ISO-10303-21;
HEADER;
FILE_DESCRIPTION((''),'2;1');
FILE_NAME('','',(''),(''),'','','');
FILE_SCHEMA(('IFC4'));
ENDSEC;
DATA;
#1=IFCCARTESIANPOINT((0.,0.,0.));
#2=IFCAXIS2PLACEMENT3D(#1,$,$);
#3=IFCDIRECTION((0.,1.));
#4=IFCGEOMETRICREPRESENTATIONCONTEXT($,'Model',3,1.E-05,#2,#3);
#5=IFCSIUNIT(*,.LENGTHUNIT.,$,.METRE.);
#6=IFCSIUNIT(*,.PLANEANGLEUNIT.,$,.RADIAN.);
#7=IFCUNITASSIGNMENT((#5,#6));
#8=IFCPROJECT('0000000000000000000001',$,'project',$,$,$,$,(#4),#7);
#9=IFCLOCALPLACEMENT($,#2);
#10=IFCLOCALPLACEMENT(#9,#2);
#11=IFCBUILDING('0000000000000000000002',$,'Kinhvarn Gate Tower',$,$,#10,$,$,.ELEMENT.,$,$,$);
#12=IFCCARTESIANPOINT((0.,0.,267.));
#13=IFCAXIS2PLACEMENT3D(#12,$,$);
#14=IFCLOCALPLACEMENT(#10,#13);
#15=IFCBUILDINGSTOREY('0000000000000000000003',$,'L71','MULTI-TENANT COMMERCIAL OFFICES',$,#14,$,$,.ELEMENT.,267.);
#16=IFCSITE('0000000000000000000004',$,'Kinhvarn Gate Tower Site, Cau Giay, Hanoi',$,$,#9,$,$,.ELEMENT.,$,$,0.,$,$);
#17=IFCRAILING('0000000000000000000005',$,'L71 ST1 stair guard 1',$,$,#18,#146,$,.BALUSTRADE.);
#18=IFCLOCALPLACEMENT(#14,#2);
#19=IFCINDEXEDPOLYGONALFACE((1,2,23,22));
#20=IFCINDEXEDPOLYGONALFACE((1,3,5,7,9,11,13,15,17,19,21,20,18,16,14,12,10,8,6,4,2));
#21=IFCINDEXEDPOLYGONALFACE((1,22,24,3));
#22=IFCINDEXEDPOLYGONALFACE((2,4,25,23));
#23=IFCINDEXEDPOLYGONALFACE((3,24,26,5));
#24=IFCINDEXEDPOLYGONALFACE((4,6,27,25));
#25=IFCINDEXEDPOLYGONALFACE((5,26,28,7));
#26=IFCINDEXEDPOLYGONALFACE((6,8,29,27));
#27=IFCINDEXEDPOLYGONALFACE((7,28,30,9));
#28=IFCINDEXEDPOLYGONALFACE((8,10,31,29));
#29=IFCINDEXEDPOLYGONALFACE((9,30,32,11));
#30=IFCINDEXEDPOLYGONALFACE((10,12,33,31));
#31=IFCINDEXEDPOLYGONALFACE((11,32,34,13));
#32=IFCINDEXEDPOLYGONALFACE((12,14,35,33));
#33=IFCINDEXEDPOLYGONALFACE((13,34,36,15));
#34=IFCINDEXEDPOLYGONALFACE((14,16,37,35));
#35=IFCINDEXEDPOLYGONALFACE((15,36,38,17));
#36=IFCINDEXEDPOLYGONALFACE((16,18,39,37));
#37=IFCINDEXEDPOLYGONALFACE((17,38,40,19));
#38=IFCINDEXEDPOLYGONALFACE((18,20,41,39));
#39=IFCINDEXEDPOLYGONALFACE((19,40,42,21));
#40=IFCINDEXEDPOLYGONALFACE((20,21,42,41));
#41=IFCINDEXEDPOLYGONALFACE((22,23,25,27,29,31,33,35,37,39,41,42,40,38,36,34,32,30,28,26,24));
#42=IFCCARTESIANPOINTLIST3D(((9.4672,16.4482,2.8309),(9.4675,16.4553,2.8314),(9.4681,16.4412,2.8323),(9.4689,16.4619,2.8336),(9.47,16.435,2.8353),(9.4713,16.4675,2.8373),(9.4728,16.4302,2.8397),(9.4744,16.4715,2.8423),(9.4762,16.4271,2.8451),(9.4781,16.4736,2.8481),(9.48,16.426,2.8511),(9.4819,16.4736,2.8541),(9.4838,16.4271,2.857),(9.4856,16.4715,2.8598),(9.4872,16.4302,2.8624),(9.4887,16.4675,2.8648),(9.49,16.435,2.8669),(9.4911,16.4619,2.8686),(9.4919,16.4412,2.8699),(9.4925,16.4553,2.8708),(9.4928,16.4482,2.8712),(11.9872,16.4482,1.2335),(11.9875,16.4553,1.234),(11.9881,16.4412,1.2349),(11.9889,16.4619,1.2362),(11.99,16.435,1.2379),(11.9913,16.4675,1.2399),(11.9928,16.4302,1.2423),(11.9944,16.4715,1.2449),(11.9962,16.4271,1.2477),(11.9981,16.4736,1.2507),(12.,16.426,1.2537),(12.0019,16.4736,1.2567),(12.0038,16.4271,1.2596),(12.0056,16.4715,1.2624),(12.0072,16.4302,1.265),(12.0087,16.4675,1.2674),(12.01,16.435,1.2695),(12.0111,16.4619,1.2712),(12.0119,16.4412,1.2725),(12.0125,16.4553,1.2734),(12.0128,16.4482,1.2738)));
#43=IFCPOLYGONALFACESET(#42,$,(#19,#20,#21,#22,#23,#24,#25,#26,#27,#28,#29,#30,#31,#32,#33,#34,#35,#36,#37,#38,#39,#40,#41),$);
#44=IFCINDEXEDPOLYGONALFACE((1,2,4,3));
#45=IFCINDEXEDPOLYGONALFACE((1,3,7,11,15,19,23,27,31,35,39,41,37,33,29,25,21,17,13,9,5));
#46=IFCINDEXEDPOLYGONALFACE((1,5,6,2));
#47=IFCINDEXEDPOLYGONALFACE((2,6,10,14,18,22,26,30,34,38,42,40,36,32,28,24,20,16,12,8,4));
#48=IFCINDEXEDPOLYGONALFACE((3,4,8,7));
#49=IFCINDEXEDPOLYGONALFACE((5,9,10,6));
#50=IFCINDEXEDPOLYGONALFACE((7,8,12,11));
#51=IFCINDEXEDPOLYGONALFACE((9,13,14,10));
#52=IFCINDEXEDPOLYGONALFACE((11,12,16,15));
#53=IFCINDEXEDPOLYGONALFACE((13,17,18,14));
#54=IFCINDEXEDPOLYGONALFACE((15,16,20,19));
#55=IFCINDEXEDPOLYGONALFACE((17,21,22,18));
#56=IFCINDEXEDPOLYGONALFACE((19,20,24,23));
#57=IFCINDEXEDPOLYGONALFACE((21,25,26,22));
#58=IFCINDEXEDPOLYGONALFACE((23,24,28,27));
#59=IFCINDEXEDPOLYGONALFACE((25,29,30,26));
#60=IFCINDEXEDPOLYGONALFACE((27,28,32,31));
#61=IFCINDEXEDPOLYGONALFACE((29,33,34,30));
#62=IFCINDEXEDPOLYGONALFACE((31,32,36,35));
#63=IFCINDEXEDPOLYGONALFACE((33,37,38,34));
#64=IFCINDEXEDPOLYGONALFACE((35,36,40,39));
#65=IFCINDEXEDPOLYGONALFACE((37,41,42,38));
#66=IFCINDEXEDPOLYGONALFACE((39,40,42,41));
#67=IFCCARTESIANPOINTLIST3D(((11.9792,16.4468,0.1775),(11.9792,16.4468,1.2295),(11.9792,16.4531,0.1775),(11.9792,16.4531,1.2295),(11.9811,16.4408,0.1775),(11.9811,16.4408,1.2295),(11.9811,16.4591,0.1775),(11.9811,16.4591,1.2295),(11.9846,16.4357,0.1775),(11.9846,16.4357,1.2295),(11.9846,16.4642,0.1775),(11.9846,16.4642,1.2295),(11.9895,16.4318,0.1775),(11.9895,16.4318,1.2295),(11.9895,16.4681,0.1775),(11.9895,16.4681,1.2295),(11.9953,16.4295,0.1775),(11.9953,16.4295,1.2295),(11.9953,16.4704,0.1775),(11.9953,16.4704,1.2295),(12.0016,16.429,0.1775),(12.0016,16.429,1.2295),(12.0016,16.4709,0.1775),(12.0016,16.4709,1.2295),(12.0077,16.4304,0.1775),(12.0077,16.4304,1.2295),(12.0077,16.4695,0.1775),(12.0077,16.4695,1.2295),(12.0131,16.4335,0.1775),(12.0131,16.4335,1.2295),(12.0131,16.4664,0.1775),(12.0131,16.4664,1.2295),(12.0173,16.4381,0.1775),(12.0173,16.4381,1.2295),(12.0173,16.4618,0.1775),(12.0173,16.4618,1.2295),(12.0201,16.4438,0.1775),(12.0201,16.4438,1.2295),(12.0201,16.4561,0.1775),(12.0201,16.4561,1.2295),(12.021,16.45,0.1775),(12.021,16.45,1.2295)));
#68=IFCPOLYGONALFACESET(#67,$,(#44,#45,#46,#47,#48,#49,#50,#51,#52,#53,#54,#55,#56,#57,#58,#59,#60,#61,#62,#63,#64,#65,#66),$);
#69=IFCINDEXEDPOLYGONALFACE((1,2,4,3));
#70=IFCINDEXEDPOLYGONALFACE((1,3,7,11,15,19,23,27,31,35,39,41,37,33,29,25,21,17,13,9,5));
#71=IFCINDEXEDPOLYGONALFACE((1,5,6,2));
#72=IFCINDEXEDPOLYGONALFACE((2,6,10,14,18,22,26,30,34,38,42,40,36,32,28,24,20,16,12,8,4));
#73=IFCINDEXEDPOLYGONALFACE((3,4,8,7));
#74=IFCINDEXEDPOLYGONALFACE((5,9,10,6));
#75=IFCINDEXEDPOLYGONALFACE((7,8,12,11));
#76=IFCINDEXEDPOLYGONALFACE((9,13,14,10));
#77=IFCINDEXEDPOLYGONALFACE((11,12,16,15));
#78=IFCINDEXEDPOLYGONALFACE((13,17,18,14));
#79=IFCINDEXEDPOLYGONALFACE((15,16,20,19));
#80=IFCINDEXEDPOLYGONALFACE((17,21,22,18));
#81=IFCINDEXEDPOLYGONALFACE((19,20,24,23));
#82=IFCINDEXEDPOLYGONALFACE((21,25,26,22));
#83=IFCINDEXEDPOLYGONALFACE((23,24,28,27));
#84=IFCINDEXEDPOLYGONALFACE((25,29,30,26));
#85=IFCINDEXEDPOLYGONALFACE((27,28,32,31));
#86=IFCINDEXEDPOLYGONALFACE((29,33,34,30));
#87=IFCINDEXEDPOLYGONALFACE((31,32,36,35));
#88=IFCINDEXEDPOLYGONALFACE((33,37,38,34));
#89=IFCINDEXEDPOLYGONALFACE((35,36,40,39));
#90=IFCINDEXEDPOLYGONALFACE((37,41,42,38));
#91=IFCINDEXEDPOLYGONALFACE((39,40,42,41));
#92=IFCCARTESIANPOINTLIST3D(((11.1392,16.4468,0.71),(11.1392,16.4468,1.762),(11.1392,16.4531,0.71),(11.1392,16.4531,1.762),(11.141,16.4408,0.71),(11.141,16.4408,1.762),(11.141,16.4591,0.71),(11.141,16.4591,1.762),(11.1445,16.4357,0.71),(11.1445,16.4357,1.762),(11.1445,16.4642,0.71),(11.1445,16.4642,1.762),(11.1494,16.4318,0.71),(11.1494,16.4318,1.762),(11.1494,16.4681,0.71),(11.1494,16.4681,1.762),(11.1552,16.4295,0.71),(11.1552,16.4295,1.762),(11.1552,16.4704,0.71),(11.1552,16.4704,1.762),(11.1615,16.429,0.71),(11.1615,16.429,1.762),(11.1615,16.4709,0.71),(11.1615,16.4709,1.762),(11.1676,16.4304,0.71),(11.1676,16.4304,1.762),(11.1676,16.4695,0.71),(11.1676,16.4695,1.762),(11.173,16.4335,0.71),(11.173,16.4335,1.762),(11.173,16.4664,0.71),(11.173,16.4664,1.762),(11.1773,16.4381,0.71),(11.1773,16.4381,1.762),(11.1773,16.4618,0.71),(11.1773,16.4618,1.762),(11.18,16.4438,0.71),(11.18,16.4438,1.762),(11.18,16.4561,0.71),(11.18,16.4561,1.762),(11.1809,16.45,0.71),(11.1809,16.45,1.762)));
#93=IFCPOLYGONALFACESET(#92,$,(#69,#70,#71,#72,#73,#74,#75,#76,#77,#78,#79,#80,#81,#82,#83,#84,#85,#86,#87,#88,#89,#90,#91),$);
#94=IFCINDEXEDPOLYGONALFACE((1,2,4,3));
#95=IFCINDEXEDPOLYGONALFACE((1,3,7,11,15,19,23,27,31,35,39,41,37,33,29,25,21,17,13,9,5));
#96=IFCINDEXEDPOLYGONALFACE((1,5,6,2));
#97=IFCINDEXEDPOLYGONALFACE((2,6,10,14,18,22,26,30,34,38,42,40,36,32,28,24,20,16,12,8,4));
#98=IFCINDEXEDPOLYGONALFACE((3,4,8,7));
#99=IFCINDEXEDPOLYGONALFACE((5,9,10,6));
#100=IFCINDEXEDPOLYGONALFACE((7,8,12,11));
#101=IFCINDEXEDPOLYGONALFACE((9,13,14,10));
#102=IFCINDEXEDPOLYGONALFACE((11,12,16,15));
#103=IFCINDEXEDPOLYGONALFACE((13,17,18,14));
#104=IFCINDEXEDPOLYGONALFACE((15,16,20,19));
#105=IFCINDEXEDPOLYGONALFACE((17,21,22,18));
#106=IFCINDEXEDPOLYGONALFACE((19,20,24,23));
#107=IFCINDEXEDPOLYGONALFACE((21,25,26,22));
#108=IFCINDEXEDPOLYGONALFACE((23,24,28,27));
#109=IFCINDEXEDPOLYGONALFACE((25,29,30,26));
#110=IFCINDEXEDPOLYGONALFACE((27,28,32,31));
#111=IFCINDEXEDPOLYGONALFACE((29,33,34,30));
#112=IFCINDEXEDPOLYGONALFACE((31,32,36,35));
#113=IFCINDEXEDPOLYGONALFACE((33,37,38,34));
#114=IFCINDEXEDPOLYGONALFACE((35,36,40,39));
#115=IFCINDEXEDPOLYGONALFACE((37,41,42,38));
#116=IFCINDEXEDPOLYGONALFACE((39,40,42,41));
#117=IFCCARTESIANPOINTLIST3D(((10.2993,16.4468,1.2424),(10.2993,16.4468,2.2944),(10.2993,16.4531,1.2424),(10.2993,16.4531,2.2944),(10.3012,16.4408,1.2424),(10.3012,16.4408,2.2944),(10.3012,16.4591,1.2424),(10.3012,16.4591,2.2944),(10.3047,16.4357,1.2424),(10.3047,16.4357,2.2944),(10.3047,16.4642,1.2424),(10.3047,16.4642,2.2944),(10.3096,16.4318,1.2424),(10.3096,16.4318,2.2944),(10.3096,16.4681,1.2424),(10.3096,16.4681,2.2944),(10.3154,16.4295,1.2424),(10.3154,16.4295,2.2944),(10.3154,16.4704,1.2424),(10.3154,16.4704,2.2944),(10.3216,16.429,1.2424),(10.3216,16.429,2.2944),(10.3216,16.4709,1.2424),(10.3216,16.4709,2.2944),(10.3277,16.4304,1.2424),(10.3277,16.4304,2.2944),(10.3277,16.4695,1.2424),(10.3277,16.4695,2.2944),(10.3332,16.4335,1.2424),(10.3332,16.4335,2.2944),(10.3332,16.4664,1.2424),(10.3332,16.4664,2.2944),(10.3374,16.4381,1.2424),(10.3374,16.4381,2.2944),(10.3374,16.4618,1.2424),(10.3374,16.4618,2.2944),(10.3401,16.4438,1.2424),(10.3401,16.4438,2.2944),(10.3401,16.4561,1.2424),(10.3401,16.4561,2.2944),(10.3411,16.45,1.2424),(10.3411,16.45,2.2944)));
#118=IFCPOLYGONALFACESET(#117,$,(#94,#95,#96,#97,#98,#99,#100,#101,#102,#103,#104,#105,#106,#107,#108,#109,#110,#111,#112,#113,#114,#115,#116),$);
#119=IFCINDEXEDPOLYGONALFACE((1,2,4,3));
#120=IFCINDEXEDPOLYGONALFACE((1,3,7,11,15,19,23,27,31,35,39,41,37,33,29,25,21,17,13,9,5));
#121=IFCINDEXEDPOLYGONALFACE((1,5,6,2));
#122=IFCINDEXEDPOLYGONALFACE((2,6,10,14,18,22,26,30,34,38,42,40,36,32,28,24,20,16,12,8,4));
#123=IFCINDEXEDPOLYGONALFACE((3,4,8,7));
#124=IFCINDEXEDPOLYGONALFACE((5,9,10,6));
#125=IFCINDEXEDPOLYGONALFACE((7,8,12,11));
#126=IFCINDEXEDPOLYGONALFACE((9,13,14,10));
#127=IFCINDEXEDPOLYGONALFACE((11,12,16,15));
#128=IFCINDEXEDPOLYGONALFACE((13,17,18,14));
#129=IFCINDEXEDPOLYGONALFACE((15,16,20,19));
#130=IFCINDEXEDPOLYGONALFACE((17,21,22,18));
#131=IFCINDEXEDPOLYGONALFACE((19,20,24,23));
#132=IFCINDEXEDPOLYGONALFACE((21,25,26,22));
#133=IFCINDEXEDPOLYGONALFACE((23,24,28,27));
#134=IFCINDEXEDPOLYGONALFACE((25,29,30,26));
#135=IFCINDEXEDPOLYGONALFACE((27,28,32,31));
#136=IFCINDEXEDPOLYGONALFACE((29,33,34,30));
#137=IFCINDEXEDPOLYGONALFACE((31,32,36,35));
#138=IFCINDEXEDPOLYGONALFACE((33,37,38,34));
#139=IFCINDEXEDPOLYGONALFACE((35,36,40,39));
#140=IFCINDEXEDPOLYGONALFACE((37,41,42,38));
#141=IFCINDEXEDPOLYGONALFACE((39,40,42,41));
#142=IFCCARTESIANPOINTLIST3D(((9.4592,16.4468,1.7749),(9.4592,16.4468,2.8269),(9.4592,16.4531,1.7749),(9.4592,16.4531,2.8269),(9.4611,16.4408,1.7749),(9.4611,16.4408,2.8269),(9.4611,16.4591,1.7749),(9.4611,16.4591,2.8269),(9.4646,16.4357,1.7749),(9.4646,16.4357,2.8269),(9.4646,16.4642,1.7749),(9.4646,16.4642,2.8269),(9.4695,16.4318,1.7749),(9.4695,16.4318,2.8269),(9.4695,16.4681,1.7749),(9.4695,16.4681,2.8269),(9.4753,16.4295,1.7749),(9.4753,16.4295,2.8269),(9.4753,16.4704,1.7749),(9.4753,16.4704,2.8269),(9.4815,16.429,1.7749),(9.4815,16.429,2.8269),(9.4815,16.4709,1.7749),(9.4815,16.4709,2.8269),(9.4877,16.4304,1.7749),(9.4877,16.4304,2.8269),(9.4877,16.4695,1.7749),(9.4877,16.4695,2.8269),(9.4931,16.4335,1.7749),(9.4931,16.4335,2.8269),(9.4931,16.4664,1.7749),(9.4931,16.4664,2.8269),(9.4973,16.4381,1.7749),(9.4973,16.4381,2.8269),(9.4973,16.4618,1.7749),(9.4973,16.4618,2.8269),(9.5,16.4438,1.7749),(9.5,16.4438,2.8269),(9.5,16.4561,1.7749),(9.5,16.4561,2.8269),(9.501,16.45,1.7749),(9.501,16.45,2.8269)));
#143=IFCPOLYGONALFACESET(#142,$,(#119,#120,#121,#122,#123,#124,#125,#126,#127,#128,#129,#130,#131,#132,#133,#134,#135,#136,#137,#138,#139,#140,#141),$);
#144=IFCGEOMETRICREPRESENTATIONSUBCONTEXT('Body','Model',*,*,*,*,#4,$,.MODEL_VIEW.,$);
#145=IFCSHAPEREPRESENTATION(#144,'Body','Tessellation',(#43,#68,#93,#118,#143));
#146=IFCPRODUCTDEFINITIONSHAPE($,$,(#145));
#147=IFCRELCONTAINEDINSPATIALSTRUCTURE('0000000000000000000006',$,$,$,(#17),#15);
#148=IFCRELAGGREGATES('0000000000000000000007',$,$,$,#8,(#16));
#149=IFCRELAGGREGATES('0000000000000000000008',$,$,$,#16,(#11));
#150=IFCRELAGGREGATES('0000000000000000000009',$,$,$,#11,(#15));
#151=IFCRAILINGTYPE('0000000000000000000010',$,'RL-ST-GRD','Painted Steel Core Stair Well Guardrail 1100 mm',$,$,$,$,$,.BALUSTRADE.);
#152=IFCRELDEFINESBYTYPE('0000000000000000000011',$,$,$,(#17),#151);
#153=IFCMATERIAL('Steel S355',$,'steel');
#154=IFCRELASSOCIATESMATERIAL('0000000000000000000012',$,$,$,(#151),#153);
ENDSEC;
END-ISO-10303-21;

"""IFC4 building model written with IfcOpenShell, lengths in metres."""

from ifc_helpers import new_model, si_unit, direction, frame, origin, origin_2d, place, context, subcontext, project, spatial, circle, extrude, material, type_object, element, save


model = new_model("IFC4")

# Units and contexts
model_context = context("Model", 3, precision=1e-05, world=origin(), true_north=direction((0.0, 1.0)))
body_context = subcontext(model_context, "Body", "Model", "MODEL_VIEW")
ifc_project = project(units=[si_unit("LENGTHUNIT", "METRE"), si_unit("PLANEANGLEUNIT", "RADIAN")], contexts=[model_context])

# Site, building, storey
site_placement = place(None, origin())
site = spatial("IfcSite", under=ifc_project, at=site_placement, Name="Kinhvarn Gate Tower Site, Cau Giay, Hanoi", CompositionType="ELEMENT", RefElevation=0.0)
building_placement = place(site_placement, origin())
building = spatial("IfcBuilding", under=site, at=building_placement, Name="Kinhvarn Gate Tower", CompositionType="ELEMENT")
storey_placement = place(building_placement, frame((0.0, 0.0, 267.0)))
storey = spatial("IfcBuildingStorey", under=building, at=storey_placement, Name="L71", Description="MULTI-TENANT COMMERCIAL OFFICES", CompositionType="ELEMENT", Elevation=267.0)

# Shared definitions
ifc_material_1 = material(Name="Steel S355", Category="steel")

# Railing
railing_type_1 = type_object("IfcRailingType", Name="RL-ST-GRD", Description="Painted Steel Core Stair Well Guardrail 1100 mm", PredefinedType="BALUSTRADE", material=ifc_material_1)
railing_1_placement = place(storey_placement, frame((12.0, 16.45, 0.1775)))
element("IfcRailing", 1, at=railing_1_placement, inside=storey, type_object=railing_type_1, Name="L71 ST1 stair guard 1", PredefinedType="BALUSTRADE", context=body_context, shape_type="SweptSolid", body=[
    extrude(circle(Radius=0.0239, at=origin_2d()), frame((0.0, 0.0, 1.0762), z_axis=(-0.844607, 0.0, 0.535387), x_axis=(0.0, -1.0, 0.0)), (0.0, 0.0, 1.0), 2.9836),
    extrude(circle(Radius=0.021, at=origin_2d()), origin(), (0.0, 0.0, 1.0), 1.052),
    extrude(circle(Radius=0.021, at=origin_2d()), frame((-0.8401, 0.0, 0.5325)), (0.0, 0.0, 1.0), 1.052),
    extrude(circle(Radius=0.021, at=origin_2d()), frame((-1.6799, 0.0, 1.0649)), (0.0, 0.0, 1.0), 1.052),
    extrude(circle(Radius=0.021, at=origin_2d()), frame((-2.52, 0.0, 1.5974)), (0.0, 0.0, 1.0), 1.052),
])

save(model, "model.ifc")
